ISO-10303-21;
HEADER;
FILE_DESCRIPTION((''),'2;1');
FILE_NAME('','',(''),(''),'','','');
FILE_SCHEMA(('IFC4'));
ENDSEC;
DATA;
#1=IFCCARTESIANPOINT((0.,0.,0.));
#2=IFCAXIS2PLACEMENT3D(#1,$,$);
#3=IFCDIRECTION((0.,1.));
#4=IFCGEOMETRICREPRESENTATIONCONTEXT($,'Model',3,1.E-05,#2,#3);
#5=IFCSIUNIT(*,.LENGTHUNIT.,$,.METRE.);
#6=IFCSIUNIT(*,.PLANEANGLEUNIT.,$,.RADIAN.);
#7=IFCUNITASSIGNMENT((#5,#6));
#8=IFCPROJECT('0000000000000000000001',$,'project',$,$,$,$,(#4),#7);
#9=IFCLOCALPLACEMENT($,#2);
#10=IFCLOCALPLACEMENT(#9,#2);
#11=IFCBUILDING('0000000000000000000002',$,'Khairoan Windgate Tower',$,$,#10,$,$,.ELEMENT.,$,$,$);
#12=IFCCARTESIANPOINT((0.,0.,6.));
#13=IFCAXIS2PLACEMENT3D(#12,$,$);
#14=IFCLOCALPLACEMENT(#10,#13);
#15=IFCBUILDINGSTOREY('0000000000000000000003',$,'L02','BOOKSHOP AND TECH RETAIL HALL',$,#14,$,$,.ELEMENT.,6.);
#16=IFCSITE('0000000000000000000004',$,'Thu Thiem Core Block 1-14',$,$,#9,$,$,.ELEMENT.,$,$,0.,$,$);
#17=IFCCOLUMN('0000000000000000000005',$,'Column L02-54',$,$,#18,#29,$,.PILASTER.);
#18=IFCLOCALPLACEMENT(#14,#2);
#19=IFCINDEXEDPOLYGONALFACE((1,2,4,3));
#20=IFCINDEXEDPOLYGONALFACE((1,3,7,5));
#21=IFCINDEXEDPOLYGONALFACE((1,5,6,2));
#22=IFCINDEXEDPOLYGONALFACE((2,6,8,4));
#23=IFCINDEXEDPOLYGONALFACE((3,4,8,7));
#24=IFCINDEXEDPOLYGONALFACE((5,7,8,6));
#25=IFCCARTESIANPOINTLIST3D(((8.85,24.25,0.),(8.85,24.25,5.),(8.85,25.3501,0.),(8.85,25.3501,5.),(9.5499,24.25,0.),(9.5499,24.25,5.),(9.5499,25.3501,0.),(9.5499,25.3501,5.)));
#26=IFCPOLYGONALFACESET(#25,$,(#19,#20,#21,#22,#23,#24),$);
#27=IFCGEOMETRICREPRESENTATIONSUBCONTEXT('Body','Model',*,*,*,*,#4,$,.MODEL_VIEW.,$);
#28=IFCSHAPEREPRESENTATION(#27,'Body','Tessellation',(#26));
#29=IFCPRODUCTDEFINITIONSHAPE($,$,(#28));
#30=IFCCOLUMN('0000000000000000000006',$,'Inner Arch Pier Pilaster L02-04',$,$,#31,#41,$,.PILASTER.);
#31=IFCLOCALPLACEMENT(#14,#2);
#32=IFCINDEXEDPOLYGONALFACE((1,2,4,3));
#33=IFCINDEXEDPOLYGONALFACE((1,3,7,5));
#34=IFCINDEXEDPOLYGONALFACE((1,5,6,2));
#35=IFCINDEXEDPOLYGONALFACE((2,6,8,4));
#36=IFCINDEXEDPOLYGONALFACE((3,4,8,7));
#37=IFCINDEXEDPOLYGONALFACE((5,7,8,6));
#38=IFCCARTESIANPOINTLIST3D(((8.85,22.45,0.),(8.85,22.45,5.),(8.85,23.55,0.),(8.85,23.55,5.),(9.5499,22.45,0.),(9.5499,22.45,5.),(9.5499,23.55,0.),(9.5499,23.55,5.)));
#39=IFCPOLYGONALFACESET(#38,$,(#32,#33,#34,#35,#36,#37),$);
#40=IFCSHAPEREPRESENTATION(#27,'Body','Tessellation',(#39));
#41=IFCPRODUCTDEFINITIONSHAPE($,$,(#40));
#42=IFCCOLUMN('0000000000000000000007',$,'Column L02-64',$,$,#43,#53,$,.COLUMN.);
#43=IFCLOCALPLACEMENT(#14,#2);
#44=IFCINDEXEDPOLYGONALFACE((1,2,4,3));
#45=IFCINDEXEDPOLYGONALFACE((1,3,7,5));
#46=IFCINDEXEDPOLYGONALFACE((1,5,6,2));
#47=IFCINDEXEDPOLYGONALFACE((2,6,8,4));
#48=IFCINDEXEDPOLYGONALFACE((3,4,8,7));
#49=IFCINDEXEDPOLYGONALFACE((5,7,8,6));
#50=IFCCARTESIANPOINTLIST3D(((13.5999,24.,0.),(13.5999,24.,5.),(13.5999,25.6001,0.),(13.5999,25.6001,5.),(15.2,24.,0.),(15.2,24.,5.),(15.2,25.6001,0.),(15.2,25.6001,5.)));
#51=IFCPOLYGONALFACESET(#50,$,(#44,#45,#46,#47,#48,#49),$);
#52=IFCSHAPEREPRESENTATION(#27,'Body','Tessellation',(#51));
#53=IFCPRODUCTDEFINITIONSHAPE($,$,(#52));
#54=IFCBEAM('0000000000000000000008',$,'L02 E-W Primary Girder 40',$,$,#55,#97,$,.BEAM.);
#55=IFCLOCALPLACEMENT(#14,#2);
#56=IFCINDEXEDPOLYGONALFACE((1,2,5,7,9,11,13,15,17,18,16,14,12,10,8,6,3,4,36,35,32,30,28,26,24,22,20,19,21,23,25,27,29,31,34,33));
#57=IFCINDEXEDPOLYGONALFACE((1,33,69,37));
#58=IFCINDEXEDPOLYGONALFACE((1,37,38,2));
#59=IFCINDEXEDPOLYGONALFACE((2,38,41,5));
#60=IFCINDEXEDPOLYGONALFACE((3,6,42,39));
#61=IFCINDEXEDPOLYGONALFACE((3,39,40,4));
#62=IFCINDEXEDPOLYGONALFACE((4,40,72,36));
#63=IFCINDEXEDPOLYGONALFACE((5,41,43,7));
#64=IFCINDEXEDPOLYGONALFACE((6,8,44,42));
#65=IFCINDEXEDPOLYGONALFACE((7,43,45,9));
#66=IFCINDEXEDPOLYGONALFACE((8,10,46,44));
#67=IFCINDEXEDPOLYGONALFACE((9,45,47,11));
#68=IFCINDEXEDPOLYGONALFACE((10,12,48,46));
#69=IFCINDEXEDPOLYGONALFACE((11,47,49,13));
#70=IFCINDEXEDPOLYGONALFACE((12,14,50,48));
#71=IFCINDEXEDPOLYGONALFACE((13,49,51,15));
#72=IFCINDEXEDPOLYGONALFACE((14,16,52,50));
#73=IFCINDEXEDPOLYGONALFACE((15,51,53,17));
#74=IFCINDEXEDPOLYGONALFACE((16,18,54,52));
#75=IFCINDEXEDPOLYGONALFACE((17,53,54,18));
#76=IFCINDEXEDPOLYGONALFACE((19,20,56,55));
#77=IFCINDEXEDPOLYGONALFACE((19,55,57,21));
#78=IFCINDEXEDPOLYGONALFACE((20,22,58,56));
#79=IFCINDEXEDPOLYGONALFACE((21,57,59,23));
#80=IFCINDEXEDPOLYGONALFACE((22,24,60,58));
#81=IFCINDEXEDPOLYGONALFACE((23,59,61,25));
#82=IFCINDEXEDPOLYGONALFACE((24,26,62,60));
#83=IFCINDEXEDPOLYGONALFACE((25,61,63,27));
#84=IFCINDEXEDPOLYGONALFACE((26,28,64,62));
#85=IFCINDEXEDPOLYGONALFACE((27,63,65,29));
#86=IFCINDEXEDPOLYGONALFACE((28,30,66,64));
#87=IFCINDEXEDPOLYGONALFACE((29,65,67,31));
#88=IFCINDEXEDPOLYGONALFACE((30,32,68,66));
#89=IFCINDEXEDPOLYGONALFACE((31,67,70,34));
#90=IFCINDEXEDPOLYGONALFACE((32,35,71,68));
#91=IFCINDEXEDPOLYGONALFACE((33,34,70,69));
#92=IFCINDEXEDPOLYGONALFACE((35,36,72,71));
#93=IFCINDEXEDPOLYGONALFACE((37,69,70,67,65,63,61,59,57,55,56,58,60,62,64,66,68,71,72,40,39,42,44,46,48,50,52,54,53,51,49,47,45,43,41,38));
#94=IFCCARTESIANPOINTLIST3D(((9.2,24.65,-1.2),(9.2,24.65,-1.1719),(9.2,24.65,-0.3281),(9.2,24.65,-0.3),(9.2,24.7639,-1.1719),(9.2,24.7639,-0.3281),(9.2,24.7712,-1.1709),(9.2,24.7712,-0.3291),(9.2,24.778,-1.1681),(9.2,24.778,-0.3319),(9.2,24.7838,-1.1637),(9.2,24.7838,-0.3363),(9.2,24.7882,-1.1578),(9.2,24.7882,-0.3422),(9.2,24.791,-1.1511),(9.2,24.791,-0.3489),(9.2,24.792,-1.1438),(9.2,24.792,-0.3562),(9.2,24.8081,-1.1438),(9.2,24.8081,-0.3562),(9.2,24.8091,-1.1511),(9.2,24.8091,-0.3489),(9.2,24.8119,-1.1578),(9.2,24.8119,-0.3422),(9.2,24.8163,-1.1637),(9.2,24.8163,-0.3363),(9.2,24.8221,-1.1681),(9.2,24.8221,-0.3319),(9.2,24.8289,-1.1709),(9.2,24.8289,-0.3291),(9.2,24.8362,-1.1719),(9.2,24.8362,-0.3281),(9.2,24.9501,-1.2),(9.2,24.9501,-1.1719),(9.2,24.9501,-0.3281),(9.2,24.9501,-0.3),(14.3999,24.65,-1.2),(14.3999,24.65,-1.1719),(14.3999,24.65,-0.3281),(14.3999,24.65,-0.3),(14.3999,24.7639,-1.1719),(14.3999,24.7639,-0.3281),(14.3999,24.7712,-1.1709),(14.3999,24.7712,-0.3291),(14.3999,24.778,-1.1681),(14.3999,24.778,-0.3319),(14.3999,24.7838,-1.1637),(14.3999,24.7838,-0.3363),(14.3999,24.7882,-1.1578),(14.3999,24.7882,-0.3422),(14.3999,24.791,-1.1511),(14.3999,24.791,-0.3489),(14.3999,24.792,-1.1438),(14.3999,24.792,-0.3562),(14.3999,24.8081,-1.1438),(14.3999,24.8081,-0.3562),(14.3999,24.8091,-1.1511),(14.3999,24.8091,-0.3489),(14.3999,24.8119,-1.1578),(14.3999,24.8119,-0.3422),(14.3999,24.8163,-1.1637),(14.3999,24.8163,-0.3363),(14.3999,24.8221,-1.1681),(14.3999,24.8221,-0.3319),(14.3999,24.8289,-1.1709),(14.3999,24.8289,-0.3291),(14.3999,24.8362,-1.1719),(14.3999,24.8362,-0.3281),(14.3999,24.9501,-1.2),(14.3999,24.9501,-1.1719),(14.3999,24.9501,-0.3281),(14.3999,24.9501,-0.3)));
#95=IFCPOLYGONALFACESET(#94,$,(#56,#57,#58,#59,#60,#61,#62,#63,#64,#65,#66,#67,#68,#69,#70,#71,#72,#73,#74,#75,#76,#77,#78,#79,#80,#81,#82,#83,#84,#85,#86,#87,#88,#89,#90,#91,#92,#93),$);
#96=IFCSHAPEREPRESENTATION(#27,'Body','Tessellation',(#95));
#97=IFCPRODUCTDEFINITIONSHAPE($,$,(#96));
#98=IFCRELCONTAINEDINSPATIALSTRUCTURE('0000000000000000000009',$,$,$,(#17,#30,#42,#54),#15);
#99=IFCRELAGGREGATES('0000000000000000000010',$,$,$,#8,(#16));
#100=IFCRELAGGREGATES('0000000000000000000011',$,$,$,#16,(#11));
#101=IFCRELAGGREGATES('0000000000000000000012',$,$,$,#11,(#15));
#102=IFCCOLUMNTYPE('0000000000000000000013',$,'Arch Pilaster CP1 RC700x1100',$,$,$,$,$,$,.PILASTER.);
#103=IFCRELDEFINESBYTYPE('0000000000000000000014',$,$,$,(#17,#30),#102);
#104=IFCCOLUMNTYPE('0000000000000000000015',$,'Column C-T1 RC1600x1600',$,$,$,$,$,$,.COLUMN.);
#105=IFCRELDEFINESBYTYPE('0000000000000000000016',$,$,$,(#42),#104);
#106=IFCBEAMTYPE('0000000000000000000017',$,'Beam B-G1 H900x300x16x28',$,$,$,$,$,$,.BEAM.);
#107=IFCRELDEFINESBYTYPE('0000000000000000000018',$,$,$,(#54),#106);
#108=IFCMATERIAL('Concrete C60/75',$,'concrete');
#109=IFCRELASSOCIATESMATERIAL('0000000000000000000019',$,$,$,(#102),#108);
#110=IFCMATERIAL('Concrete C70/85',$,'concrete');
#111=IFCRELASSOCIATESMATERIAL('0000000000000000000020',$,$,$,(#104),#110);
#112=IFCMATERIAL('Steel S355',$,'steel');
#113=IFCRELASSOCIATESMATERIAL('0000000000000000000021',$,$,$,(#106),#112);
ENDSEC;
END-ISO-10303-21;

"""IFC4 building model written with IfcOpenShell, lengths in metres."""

from ifc_helpers import new_model, si_unit, direction, frame, origin, origin_2d, place, context, subcontext, project, spatial, rectangle, i_section, extrude, material, material_profile, profile_set, type_object, element, save


model = new_model("IFC4")

# Units and contexts
model_context = context("Model", 3, precision=1e-05, world=origin(), true_north=direction((0.0, 1.0)))
body_context = subcontext(model_context, "Body", "Model", "MODEL_VIEW")
ifc_project = project(units=[si_unit("LENGTHUNIT", "METRE"), si_unit("PLANEANGLEUNIT", "RADIAN")], contexts=[model_context])

# Site, building, storey
site_placement = place(None, origin())
site = spatial("IfcSite", under=ifc_project, at=site_placement, Name="Thu Thiem Core Block 1-14", CompositionType="ELEMENT", RefElevation=0.0)
building_placement = place(site_placement, origin())
building = spatial("IfcBuilding", under=site, at=building_placement, Name="Khairoan Windgate Tower", CompositionType="ELEMENT")
storey_placement = place(building_placement, frame((0.0, 0.0, 6.0)))
storey = spatial("IfcBuildingStorey", under=building, at=storey_placement, Name="L02", Description="BOOKSHOP AND TECH RETAIL HALL", CompositionType="ELEMENT", Elevation=6.0)

# Columns
ifc_material_1 = material(Name="Concrete C60/75", Category="concrete")
ifc_material_profile_1 = material_profile(ifc_material_1, rectangle(XDim=0.7, YDim=1.1001, at=origin_2d()))
ifc_profile_set_1 = profile_set([ifc_material_profile_1], Name="Concrete C60/75")
column_type_1 = type_object("IfcColumnType", Name="Arch Pilaster CP1 RC700x1100", PredefinedType="PILASTER", material=ifc_profile_set_1)
for number, where, z_axis, x_axis, name in (
    (1, (9.2, 24.8, 0.0), (0.0, 0.0, 1.0), (1.0, 0.0, 0.0), "Column L02-54"),
    (2, (9.2, 23.0, 0.0), (0.0, 0.0, 1.0), (1.0, 0.0, 0.0), "Inner Arch Pier Pilaster L02-04"),
):
    element("IfcColumn", number, at=place(storey_placement, frame(where, z_axis=z_axis, x_axis=x_axis)), inside=storey, type_object=column_type_1, Name=name, PredefinedType="PILASTER", context=body_context, shape_type="SweptSolid", body=[
        extrude(rectangle(XDim=0.7, YDim=1.1001, at=origin_2d()), origin(), (0.0, 0.0, 1.0), 5.0),
    ])
ifc_material_2 = material(Name="Concrete C70/85", Category="concrete")
ifc_material_profile_2 = material_profile(ifc_material_2, rectangle(XDim=1.6001, YDim=1.6001, at=origin_2d()))
ifc_profile_set_2 = profile_set([ifc_material_profile_2], Name="Concrete C70/85")
column_type_2 = type_object("IfcColumnType", Name="Column C-T1 RC1600x1600", PredefinedType="COLUMN", material=ifc_profile_set_2)
column_placement = place(storey_placement, frame((14.3999, 24.8, 0.0), z_axis=(0.0, 0.0, 1.0), x_axis=(1.0, 0.0, 0.0)))
element("IfcColumn", 3, at=column_placement, inside=storey, type_object=column_type_2, Name="Column L02-64", PredefinedType="COLUMN", context=body_context, shape_type="SweptSolid", body=[
    extrude(rectangle(XDim=1.6001, YDim=1.6001, at=origin_2d()), origin(), (0.0, 0.0, 1.0), 5.0),
])

# Beam
ifc_material_3 = material(Name="Steel S355", Category="steel")
ifc_material_profile_3 = material_profile(ifc_material_3, i_section(OverallWidth=0.3, OverallDepth=0.8999, WebThickness=0.0161, FlangeThickness=0.0281, FilletRadius=0.0281, at=origin_2d()))
ifc_profile_set_3 = profile_set([ifc_material_profile_3], Name="Steel S355")
beam_type = type_object("IfcBeamType", Name="Beam B-G1 H900x300x16x28", PredefinedType="BEAM", material=ifc_profile_set_3)
beam_placement = place(storey_placement, frame((9.2, 24.8, -0.75), z_axis=(1.0, 0.0, 0.0), x_axis=(0.0, 1.0, 0.0)))
element("IfcBeam", 4, at=beam_placement, inside=storey, type_object=beam_type, Name="L02 E-W Primary Girder 40", PredefinedType="BEAM", context=body_context, shape_type="SweptSolid", body=[
    extrude(i_section(OverallWidth=0.3, OverallDepth=0.8999, WebThickness=0.0161, FlangeThickness=0.0281, FilletRadius=0.0281, at=origin_2d()), origin(), (0.0, 0.0, 1.0), 5.2),
])

save(model, "model.ifc")
